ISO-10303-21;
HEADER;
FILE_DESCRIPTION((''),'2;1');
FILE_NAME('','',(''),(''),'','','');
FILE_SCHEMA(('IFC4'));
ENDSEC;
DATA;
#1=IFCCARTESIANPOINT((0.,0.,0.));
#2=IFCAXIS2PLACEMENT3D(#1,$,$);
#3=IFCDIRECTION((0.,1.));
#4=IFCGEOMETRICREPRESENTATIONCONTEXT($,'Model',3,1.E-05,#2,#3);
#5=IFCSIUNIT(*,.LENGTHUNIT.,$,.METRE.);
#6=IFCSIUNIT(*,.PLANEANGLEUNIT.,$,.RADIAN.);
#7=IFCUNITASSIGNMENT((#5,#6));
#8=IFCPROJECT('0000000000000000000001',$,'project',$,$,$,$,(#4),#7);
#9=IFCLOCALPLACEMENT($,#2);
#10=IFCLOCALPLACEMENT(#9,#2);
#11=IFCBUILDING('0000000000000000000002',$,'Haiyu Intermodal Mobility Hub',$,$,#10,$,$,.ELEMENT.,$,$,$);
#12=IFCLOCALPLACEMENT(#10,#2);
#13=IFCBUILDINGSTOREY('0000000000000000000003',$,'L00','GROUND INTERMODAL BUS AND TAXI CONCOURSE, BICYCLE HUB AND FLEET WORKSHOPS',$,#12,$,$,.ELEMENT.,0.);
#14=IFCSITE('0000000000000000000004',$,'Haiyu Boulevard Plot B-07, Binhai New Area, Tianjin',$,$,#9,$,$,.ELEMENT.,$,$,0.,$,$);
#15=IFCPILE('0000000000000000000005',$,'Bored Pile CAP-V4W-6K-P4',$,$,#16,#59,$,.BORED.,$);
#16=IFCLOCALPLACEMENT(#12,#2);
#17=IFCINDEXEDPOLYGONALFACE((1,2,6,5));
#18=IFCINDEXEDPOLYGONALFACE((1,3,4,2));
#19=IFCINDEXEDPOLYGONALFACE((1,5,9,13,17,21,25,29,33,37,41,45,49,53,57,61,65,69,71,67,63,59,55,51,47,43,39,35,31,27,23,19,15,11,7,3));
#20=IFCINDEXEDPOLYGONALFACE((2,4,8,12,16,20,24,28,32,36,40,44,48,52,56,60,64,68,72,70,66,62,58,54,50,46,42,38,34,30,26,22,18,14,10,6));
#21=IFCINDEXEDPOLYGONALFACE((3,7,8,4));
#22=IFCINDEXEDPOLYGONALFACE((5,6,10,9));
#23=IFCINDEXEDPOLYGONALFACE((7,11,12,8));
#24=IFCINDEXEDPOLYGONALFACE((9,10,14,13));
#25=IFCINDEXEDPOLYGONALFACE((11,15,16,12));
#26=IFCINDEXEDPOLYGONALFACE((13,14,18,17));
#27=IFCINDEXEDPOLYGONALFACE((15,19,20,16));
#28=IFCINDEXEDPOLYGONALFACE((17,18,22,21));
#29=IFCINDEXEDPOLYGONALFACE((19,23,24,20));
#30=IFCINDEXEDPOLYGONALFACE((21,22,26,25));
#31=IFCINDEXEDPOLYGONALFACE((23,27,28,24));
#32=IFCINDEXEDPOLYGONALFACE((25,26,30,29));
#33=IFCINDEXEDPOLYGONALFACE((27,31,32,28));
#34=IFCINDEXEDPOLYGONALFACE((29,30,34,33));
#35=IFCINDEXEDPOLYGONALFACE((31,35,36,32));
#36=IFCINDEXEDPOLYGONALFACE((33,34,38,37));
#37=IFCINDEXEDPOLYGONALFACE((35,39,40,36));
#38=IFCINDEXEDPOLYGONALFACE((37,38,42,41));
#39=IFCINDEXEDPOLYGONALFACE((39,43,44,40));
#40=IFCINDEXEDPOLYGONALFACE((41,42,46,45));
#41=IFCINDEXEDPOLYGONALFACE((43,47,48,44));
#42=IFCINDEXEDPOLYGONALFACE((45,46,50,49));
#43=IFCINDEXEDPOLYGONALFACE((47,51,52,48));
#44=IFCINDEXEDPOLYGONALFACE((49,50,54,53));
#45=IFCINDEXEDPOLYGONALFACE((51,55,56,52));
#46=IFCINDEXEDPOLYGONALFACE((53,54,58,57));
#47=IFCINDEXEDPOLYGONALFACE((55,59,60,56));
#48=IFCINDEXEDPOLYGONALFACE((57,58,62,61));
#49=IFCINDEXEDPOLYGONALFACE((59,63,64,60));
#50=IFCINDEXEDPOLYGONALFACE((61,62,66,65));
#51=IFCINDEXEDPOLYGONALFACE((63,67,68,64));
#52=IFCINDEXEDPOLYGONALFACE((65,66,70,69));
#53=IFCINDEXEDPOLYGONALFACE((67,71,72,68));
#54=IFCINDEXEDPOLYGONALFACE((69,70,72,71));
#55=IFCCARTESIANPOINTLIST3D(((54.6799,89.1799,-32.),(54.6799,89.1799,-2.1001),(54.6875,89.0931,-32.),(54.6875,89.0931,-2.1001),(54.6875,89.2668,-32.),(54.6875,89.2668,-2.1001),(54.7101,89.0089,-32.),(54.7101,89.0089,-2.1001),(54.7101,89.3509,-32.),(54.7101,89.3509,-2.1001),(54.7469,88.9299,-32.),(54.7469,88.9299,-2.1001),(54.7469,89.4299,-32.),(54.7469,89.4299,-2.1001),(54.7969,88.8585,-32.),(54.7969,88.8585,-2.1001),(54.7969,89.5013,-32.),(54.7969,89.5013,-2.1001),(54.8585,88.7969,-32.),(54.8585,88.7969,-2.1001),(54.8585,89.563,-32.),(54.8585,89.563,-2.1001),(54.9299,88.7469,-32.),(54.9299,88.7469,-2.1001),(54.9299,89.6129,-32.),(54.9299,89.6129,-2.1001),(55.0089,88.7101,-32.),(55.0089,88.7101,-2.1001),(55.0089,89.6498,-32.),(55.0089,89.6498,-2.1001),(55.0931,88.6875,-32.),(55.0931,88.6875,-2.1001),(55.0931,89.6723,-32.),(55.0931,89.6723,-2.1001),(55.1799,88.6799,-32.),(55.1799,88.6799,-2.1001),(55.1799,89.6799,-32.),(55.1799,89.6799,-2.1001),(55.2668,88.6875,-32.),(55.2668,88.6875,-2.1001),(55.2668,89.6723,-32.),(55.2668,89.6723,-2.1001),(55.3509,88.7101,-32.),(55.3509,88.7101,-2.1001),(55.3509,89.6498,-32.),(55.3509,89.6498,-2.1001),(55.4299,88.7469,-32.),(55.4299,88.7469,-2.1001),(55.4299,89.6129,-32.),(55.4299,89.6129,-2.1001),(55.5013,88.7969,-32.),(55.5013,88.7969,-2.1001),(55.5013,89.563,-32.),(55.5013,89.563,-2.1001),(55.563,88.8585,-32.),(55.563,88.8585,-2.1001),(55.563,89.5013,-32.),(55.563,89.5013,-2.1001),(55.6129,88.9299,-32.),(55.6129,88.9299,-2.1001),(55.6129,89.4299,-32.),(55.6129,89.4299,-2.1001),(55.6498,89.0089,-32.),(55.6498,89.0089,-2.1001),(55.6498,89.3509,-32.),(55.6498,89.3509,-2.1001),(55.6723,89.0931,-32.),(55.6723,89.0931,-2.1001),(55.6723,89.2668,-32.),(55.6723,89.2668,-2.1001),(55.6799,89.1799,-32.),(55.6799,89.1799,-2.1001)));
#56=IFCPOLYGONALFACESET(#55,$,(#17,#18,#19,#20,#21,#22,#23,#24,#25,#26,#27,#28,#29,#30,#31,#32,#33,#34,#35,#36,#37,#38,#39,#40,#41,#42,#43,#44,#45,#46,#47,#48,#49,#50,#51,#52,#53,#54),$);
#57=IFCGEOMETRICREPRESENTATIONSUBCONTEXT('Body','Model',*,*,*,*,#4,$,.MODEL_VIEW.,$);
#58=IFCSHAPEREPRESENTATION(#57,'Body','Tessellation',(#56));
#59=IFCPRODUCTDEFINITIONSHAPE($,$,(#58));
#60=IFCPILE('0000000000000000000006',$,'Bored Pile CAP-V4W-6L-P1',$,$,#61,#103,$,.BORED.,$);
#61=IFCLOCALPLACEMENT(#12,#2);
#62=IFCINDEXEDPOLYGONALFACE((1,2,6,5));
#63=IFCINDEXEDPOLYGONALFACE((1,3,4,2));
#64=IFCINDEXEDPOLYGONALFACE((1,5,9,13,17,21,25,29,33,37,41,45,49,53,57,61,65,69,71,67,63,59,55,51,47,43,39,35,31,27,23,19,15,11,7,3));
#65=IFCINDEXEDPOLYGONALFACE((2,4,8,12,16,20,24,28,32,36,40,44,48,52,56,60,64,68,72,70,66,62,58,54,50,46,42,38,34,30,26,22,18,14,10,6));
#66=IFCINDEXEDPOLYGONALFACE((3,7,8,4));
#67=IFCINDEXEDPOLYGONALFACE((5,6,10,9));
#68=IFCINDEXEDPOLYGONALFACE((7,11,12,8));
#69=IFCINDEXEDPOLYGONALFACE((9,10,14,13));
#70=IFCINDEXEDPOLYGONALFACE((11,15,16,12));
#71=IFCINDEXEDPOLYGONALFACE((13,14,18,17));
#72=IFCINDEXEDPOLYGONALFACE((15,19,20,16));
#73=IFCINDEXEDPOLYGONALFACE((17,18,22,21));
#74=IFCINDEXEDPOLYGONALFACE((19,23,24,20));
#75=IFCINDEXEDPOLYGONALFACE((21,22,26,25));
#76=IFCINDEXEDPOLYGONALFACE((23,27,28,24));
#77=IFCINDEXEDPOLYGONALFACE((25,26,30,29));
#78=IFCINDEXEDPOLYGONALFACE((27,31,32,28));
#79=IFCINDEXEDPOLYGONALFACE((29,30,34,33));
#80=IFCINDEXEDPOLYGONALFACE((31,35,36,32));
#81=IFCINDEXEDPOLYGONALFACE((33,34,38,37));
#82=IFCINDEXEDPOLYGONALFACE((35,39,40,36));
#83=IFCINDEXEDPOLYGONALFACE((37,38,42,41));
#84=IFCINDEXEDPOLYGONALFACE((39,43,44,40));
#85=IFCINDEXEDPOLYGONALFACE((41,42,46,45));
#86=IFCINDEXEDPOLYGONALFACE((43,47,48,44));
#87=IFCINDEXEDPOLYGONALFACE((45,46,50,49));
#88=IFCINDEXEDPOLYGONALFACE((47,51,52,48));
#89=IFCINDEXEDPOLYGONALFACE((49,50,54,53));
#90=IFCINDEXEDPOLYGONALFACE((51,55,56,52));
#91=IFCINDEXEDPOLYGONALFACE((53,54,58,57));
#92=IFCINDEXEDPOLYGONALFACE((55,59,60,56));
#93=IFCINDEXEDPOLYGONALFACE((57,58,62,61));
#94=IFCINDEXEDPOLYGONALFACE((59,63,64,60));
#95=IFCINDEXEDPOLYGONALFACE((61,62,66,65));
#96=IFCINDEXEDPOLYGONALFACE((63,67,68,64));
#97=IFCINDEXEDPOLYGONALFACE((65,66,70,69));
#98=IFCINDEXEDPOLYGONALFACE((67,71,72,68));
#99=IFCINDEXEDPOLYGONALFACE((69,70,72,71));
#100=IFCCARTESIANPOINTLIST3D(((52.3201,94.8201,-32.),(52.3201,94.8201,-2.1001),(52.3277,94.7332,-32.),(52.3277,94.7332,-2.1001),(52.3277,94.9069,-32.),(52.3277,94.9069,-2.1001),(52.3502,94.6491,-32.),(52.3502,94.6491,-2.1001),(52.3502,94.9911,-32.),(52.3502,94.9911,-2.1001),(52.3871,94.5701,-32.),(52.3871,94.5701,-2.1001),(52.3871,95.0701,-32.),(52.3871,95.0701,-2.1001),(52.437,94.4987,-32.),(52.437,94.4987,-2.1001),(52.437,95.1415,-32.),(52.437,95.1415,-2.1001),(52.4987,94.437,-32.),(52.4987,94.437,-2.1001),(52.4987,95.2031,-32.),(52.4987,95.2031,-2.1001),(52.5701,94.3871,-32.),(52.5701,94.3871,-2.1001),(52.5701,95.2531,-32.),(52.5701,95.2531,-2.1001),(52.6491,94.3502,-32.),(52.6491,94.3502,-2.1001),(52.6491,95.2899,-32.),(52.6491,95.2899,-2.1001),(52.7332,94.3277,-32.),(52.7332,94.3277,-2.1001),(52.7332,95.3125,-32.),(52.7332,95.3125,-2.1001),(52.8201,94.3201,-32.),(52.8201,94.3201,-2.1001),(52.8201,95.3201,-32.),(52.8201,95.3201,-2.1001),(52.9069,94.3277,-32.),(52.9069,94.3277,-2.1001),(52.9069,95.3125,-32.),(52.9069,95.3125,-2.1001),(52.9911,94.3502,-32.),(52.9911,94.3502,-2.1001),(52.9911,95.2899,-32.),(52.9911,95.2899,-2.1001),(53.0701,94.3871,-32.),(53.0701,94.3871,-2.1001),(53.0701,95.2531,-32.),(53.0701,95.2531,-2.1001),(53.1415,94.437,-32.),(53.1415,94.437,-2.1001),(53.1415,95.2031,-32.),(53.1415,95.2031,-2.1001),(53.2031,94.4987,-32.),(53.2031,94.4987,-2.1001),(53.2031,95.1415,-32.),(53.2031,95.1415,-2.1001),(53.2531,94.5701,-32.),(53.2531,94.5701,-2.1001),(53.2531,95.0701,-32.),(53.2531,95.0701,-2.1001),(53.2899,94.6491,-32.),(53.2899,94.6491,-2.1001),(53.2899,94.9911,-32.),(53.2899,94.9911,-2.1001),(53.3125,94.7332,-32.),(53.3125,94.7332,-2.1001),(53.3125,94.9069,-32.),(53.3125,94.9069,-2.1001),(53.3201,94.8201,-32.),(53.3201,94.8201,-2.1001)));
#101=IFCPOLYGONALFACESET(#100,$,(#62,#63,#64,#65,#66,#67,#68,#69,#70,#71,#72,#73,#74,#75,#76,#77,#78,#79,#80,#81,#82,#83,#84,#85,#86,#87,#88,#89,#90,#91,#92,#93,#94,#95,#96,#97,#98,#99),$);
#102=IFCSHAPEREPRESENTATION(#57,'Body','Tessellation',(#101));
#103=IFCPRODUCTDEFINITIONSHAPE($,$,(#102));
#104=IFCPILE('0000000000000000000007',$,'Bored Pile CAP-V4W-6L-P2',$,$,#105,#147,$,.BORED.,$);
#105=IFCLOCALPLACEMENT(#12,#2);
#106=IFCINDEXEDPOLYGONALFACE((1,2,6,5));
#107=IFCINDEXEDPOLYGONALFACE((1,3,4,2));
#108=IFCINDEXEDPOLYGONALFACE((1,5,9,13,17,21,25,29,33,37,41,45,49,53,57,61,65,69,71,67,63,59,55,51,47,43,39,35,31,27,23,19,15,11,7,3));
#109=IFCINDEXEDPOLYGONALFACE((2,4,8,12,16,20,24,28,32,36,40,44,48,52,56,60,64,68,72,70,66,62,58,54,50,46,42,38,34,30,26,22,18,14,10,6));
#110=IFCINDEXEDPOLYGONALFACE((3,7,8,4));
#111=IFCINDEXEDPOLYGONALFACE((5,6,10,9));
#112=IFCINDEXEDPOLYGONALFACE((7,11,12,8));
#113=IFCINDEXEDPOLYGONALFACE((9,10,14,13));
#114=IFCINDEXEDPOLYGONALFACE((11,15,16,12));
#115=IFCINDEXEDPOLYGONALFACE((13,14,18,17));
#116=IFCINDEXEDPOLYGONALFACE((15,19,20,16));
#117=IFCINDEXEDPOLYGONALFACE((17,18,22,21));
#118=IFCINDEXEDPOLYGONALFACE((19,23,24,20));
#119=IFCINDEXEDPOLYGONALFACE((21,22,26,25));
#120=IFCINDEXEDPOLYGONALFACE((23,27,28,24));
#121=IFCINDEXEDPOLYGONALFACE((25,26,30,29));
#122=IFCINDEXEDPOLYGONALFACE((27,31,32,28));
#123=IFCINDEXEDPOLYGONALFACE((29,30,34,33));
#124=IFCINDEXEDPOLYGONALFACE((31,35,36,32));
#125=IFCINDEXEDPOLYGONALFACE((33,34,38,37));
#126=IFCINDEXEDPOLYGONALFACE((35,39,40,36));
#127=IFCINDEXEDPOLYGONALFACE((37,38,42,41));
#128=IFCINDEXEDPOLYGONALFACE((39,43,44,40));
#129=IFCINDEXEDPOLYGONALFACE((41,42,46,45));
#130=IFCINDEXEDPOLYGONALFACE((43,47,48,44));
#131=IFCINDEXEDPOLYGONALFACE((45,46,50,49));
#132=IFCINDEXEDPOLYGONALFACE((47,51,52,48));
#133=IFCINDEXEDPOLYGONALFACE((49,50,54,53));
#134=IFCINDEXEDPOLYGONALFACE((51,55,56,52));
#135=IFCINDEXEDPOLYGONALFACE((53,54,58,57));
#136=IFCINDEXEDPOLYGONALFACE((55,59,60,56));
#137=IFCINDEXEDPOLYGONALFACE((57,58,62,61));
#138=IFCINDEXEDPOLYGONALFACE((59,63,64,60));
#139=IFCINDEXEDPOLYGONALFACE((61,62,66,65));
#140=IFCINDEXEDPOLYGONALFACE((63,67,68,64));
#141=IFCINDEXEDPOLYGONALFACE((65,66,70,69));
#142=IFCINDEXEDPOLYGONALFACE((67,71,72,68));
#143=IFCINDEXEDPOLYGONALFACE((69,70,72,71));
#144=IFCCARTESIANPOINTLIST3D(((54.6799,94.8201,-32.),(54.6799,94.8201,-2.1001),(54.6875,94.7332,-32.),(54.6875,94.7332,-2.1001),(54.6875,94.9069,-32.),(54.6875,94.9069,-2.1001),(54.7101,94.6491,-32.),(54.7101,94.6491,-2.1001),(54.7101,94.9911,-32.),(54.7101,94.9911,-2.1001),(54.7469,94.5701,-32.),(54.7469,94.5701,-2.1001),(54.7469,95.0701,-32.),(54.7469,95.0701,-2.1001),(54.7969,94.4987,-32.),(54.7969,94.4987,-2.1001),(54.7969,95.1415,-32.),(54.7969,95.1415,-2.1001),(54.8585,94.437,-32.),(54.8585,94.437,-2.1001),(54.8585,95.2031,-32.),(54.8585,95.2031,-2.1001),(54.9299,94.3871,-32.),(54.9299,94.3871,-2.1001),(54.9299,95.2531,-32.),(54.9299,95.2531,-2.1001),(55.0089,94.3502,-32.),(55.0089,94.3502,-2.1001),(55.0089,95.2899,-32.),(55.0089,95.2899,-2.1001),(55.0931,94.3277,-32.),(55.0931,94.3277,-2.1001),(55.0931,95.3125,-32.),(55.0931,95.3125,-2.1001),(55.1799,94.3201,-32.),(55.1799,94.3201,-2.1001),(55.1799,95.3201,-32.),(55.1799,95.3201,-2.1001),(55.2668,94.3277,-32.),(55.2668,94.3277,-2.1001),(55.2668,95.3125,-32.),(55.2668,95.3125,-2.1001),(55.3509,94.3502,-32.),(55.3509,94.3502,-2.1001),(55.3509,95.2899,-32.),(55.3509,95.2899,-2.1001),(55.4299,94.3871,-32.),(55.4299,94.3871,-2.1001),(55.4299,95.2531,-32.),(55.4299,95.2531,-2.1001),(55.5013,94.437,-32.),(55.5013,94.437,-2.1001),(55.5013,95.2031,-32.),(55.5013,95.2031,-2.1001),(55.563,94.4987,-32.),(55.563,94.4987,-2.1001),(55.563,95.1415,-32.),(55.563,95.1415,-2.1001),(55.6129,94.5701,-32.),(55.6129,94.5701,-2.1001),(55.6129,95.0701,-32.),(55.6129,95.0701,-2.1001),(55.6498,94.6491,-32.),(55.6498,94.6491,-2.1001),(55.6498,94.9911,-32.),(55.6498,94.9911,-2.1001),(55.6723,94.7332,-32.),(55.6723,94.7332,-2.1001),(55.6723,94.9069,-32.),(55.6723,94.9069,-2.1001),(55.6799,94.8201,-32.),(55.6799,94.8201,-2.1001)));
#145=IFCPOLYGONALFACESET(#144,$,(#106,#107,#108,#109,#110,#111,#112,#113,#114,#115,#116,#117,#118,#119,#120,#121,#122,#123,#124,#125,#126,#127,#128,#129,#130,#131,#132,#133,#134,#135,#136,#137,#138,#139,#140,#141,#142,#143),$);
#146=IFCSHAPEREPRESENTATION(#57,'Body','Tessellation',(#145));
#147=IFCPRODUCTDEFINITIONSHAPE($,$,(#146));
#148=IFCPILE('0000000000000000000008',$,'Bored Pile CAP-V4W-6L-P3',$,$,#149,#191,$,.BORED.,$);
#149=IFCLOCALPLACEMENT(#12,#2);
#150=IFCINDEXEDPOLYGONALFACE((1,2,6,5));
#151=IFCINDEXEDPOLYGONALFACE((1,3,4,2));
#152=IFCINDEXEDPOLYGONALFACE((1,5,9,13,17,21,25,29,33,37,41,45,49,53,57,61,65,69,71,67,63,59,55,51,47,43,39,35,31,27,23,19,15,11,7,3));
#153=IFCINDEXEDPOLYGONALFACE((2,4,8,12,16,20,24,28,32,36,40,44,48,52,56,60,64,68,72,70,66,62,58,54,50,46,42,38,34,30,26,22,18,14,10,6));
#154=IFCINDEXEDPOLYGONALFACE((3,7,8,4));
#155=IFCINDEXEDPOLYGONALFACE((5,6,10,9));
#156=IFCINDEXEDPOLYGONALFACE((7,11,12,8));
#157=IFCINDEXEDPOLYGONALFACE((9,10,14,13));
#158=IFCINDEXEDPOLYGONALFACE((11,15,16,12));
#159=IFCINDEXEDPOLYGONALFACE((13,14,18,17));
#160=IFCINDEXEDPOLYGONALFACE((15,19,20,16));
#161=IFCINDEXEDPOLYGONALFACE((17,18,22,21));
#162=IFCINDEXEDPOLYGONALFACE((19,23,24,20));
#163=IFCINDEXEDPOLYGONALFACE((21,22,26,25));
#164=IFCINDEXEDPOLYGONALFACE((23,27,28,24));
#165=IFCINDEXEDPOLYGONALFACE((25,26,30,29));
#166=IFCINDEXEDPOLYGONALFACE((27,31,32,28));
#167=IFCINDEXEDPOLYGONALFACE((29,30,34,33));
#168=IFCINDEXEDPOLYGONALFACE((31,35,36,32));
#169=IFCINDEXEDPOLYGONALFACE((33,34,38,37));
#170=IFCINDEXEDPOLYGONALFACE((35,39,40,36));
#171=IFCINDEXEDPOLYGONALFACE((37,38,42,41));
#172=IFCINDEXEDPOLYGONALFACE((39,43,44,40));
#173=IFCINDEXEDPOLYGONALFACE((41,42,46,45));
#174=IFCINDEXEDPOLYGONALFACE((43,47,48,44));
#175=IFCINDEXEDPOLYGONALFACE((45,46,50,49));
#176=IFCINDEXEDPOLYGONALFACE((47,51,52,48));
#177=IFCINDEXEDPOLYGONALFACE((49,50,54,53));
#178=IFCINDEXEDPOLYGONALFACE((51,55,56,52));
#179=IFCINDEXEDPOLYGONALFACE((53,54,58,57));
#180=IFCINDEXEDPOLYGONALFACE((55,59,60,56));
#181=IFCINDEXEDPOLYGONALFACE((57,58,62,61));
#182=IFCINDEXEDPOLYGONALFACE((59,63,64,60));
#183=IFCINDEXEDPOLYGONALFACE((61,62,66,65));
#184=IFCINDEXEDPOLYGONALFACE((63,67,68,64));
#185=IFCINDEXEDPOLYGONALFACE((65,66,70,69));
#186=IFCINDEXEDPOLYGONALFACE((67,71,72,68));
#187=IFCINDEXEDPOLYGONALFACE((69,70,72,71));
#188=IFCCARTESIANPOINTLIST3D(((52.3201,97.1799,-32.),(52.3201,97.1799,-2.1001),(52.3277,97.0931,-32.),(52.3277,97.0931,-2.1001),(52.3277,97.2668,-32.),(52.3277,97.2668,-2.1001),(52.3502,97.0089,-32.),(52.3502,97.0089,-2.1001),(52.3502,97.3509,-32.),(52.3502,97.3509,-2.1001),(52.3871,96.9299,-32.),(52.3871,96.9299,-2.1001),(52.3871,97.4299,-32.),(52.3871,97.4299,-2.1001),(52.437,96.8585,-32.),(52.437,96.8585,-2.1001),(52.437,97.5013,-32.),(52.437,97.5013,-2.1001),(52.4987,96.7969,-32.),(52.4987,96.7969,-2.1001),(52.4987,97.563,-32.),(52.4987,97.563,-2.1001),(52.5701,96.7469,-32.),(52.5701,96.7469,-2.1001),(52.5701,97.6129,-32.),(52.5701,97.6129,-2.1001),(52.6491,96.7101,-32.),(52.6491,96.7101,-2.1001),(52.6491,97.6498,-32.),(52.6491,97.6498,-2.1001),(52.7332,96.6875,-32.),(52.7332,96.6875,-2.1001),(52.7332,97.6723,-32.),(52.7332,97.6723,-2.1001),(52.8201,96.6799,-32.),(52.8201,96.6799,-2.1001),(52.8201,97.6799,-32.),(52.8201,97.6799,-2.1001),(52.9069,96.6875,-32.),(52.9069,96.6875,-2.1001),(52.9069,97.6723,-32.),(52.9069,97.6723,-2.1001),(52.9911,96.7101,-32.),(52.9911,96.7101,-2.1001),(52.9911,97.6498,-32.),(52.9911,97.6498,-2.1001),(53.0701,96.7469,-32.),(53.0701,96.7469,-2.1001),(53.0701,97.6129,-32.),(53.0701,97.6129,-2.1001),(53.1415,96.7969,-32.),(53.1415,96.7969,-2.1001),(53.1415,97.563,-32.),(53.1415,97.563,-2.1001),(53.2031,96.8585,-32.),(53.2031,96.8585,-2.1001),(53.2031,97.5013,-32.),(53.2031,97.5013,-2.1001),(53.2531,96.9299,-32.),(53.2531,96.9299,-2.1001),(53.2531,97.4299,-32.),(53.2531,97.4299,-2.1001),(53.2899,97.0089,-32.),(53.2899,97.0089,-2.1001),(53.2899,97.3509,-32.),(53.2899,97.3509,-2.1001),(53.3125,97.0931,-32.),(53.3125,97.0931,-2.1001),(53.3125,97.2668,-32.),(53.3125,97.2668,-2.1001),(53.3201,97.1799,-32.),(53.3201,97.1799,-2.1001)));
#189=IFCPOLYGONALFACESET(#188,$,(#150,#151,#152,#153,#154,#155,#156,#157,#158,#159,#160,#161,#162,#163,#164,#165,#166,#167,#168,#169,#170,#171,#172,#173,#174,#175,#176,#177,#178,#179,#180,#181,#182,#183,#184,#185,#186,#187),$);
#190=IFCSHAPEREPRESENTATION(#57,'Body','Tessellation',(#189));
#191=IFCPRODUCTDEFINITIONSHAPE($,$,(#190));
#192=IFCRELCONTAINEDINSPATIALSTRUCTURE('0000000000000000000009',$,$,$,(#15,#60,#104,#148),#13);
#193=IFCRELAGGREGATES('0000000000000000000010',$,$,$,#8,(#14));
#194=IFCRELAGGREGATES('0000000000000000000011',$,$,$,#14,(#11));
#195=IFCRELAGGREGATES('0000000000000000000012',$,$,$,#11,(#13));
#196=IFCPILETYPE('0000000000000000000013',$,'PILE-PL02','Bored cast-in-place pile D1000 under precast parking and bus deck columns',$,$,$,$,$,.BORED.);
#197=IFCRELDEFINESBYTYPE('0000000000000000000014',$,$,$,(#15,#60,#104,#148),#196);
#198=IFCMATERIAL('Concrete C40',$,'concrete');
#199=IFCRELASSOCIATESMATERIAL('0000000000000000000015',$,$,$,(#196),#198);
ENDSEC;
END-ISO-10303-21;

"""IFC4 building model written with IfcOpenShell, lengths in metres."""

from ifc_helpers import new_model, si_unit, direction, frame, origin, origin_2d, place, context, subcontext, project, spatial, circle, extrude, material, material_profile, profile_set, type_object, element, save


model = new_model("IFC4")

# Units and contexts
model_context = context("Model", 3, precision=1e-05, world=origin(), true_north=direction((0.0, 1.0)))
body_context = subcontext(model_context, "Body", "Model", "MODEL_VIEW")
ifc_project = project(units=[si_unit("LENGTHUNIT", "METRE"), si_unit("PLANEANGLEUNIT", "RADIAN")], contexts=[model_context])

# Site, building, storey
site_placement = place(None, origin())
site = spatial("IfcSite", under=ifc_project, at=site_placement, Name="Haiyu Boulevard Plot B-07, Binhai New Area, Tianjin", CompositionType="ELEMENT", RefElevation=0.0)
building_placement = place(site_placement, origin())
building = spatial("IfcBuilding", under=site, at=building_placement, Name="Haiyu Intermodal Mobility Hub", CompositionType="ELEMENT")
storey_placement = place(building_placement, origin())
storey = spatial("IfcBuildingStorey", under=building, at=storey_placement, Name="L00", Description="GROUND INTERMODAL BUS AND TAXI CONCOURSE, BICYCLE HUB AND FLEET WORKSHOPS", CompositionType="ELEMENT", Elevation=0.0)

# Shared definitions
ifc_material_1 = material(Name="Concrete C40", Category="concrete")

# Piles
ifc_material_profile_1 = material_profile(ifc_material_1, circle(Radius=0.5, at=origin_2d()), Name="PILE-D1000")
ifc_profile_set_1 = profile_set([ifc_material_profile_1], Name="Concrete C40")
pile_type = type_object("IfcPileType", Name="PILE-PL02", Description="Bored cast-in-place pile D1000 under precast parking and bus deck columns", PredefinedType="BORED", material=ifc_profile_set_1)
for number, where, z_axis, x_axis, name in (
    (1, (55.1799, 89.1799, -2.1001), (0.0, 0.0, -1.0), (1.0, 0.0, 0.0), "Bored Pile CAP-V4W-6K-P4"),
    (2, (52.8201, 94.8201, -2.1001), (0.0, 0.0, -1.0), (1.0, 0.0, 0.0), "Bored Pile CAP-V4W-6L-P1"),
    (3, (55.1799, 94.8201, -2.1001), (0.0, 0.0, -1.0), (1.0, 0.0, 0.0), "Bored Pile CAP-V4W-6L-P2"),
    (4, (52.8201, 97.1799, -2.1001), (0.0, 0.0, -1.0), (1.0, 0.0, 0.0), "Bored Pile CAP-V4W-6L-P3"),
):
    element("IfcPile", number, at=place(storey_placement, frame(where, z_axis=z_axis, x_axis=x_axis)), inside=storey, type_object=pile_type, Name=name, PredefinedType="BORED", context=body_context, shape_type="SweptSolid", body=[
        extrude(circle(Radius=0.5, at=origin_2d()), origin(), (0.0, 0.0, 1.0), 29.8999),
    ])

save(model, "model.ifc")
